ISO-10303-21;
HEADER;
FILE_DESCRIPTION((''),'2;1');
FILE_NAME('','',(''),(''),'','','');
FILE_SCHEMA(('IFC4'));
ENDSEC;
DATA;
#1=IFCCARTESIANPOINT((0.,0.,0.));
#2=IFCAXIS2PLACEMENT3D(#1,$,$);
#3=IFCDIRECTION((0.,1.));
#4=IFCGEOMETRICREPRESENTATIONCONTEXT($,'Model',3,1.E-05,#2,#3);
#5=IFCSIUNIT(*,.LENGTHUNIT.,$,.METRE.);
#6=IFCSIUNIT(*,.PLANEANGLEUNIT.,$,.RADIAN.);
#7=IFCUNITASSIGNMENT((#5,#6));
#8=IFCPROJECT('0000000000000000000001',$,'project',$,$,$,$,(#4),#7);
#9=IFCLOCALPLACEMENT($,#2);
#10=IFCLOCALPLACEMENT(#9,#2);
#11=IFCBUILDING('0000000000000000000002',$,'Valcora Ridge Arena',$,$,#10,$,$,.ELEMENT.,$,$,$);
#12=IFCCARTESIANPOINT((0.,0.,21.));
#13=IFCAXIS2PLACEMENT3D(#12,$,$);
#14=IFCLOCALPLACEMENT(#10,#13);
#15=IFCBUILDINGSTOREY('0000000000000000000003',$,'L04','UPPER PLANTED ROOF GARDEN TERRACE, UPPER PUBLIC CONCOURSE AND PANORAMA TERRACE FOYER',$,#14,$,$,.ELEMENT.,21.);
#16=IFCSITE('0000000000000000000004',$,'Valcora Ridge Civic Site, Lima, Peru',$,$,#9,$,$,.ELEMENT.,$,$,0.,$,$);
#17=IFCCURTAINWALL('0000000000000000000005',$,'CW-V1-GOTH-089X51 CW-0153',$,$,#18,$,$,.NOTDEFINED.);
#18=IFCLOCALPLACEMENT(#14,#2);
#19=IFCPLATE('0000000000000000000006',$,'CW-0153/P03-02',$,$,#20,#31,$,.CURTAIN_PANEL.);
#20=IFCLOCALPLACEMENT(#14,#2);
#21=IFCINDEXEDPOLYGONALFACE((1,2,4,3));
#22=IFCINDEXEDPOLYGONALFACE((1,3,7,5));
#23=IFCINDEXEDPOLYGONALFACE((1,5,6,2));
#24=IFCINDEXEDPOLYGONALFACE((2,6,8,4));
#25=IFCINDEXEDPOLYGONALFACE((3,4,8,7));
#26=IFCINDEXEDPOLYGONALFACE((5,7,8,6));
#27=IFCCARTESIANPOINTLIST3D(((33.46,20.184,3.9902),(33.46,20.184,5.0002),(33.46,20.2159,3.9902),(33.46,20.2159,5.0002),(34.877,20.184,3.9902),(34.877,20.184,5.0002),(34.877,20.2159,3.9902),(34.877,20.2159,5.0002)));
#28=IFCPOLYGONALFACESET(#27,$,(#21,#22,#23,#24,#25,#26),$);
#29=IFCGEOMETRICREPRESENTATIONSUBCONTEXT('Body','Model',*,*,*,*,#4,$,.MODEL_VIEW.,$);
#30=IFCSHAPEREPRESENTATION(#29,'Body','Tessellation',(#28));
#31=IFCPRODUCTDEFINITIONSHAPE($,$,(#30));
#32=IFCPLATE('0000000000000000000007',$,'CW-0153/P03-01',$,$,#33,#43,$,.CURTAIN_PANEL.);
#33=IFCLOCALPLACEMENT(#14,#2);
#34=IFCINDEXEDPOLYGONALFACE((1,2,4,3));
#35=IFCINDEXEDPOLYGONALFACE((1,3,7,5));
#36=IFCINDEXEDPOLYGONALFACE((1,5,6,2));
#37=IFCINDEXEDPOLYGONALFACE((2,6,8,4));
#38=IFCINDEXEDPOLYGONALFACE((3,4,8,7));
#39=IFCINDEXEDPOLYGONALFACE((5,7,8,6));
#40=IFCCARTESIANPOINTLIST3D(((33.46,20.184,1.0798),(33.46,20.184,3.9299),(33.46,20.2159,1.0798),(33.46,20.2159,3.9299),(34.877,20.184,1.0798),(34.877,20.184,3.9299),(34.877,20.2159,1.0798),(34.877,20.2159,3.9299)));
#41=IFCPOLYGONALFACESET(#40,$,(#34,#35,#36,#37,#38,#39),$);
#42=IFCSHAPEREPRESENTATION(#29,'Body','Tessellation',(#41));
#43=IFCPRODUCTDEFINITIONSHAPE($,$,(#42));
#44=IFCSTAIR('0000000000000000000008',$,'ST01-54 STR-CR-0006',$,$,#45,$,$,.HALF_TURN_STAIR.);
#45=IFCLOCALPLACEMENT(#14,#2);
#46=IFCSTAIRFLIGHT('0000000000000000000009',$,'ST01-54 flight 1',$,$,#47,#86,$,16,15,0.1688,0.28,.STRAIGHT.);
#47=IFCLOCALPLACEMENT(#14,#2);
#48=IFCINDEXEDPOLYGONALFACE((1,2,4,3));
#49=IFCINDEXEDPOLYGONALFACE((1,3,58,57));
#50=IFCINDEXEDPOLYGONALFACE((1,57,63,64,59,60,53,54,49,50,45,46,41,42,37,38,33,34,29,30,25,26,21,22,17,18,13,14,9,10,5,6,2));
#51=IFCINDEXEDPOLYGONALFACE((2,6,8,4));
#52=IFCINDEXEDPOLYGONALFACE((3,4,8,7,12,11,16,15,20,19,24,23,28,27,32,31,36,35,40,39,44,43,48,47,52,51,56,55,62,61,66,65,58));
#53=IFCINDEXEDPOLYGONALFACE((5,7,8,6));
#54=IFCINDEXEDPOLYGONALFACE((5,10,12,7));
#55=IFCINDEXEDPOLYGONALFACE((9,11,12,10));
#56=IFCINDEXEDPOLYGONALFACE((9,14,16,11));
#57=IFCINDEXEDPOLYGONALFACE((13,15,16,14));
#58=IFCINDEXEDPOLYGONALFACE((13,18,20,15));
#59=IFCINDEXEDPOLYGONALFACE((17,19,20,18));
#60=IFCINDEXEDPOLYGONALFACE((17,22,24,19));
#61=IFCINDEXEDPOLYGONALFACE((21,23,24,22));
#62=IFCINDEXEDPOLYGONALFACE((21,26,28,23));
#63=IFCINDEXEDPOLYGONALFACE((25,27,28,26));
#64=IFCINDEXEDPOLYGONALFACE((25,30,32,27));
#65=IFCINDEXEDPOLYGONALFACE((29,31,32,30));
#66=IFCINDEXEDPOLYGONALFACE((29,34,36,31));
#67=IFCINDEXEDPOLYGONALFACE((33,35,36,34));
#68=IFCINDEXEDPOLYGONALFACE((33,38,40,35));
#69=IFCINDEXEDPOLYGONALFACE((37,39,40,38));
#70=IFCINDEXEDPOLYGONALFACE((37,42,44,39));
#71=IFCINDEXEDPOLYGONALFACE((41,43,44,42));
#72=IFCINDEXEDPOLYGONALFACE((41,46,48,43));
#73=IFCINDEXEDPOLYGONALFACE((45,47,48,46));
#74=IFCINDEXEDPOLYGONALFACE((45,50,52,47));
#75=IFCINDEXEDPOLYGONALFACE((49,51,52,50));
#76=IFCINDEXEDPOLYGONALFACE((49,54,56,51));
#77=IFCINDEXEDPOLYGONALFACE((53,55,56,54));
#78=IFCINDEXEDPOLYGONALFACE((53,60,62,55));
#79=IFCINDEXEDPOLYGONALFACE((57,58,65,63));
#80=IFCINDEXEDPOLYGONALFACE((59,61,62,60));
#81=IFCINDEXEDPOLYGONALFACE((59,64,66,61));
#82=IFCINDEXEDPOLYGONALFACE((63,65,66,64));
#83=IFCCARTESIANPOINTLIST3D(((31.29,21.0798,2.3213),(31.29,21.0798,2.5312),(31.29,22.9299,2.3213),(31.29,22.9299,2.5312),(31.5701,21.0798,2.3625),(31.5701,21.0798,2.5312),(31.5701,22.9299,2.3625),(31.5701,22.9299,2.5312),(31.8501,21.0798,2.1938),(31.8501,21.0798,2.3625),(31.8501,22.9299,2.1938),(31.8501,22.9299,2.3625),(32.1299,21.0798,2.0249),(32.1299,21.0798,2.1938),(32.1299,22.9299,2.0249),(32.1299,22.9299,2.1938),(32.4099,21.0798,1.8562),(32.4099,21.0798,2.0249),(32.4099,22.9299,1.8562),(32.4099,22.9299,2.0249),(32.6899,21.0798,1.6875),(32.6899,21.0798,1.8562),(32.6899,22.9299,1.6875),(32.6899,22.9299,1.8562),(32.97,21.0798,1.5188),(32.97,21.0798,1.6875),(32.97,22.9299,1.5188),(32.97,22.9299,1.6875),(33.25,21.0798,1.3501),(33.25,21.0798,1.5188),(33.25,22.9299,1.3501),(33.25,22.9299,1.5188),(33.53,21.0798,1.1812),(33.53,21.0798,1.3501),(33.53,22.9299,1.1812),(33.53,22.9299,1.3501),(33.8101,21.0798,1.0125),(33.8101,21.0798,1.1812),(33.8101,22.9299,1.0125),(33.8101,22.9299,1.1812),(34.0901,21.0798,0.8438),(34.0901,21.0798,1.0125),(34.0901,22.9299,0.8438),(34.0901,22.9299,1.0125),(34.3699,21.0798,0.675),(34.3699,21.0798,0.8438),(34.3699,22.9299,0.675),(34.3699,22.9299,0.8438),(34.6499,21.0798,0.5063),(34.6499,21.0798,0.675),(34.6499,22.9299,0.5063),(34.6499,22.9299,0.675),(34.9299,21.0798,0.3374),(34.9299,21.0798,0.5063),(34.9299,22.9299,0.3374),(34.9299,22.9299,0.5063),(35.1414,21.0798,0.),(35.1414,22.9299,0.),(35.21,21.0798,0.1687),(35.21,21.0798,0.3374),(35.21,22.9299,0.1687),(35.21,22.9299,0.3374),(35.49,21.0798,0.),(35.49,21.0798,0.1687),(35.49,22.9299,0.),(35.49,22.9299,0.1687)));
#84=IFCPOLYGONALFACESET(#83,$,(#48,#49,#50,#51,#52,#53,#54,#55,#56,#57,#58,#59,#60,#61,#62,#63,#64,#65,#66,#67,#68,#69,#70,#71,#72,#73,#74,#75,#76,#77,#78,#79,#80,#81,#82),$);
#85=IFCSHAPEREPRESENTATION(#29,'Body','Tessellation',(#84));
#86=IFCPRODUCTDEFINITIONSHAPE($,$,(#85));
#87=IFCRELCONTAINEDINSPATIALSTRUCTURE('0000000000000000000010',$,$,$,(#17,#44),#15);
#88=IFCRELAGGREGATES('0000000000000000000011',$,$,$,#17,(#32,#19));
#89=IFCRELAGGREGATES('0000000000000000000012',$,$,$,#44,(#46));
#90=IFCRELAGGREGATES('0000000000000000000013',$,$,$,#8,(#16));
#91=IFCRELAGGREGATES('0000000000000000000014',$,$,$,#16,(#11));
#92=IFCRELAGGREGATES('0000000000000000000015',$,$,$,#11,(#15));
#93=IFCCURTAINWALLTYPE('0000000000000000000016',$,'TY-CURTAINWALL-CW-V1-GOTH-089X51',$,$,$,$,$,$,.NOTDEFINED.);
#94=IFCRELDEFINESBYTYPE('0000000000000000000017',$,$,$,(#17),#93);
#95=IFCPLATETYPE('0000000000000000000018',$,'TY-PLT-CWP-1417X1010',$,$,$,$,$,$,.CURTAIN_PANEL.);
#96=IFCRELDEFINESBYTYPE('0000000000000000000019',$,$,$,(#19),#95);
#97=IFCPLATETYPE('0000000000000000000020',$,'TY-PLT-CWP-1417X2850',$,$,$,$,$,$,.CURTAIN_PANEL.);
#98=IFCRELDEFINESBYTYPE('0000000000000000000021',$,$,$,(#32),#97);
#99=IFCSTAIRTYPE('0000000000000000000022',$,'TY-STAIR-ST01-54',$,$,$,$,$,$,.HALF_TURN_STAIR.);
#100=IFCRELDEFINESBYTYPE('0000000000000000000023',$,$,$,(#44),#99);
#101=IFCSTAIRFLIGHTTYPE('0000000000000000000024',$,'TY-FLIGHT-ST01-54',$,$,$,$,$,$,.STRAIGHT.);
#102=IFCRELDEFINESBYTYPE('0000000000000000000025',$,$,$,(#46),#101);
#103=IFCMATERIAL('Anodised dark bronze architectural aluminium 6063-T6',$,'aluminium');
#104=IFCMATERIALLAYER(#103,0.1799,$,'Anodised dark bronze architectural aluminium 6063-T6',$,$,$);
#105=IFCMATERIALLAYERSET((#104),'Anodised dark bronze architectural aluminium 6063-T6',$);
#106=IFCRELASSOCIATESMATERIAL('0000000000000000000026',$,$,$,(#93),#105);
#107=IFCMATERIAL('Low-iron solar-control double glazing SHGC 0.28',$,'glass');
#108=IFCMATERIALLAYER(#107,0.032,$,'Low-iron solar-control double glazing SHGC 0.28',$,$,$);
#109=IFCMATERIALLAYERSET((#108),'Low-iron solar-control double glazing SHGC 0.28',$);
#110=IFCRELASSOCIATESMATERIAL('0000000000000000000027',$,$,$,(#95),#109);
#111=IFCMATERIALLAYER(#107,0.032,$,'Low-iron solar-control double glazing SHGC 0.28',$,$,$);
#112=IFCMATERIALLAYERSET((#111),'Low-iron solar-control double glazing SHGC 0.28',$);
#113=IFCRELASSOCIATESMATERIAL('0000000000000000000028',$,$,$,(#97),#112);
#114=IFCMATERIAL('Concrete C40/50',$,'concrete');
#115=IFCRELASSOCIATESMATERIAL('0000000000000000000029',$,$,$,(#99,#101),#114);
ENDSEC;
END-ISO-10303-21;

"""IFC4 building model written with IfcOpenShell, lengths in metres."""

from ifc_helpers import new_model, si_unit, direction, frame, origin, origin_2d, place, context, subcontext, project, spatial, polyline, rectangle, outline, extrude, material, layer, layer_set, type_object, element, aggregate, save


model = new_model("IFC4")

# Units and contexts
model_context = context("Model", 3, precision=1e-05, world=origin(), true_north=direction((0.0, 1.0)))
body_context = subcontext(model_context, "Body", "Model", "MODEL_VIEW")
ifc_project = project(units=[si_unit("LENGTHUNIT", "METRE"), si_unit("PLANEANGLEUNIT", "RADIAN")], contexts=[model_context])

# Site, building, storey
site_placement = place(None, origin())
site = spatial("IfcSite", under=ifc_project, at=site_placement, Name="Valcora Ridge Civic Site, Lima, Peru", CompositionType="ELEMENT", RefElevation=0.0)
building_placement = place(site_placement, origin())
building = spatial("IfcBuilding", under=site, at=building_placement, Name="Valcora Ridge Arena", CompositionType="ELEMENT")
storey_placement = place(building_placement, frame((0.0, 0.0, 21.0)))
storey = spatial("IfcBuildingStorey", under=building, at=storey_placement, Name="L04", Description="UPPER PLANTED ROOF GARDEN TERRACE, UPPER PUBLIC CONCOURSE AND PANORAMA TERRACE FOYER", CompositionType="ELEMENT", Elevation=21.0)

# Shared definitions
ifc_material_1 = material(Name="Concrete C40/50", Category="concrete")

# Curtain wall, plates
ifc_material_2 = material(Name="Anodised dark bronze architectural aluminium 6063-T6", Category="aluminium")
ifc_layer_1 = layer(ifc_material_2, 0.1799, Name="Anodised dark bronze architectural aluminium 6063-T6")
ifc_layer_set_1 = layer_set([ifc_layer_1], Name="Anodised dark bronze architectural aluminium 6063-T6")
curtain_wall_type = type_object("IfcCurtainWallType", Name="TY-CURTAINWALL-CW-V1-GOTH-089X51", PredefinedType="NOTDEFINED", material=ifc_layer_set_1)
curtain_wall_placement = place(storey_placement, origin())
curtain_wall = element("IfcCurtainWall", 1, at=curtain_wall_placement, inside=storey, type_object=curtain_wall_type, Name="CW-V1-GOTH-089X51 CW-0153", PredefinedType="NOTDEFINED")
ifc_material_3 = material(Name="Low-iron solar-control double glazing SHGC 0.28", Category="glass")
ifc_layer_2 = layer(ifc_material_3, 0.032, Name="Low-iron solar-control double glazing SHGC 0.28")
ifc_layer_set_2 = layer_set([ifc_layer_2], Name="Low-iron solar-control double glazing SHGC 0.28")
plate_type_1 = type_object("IfcPlateType", Name="TY-PLT-CWP-1417X1010", PredefinedType="CURTAIN_PANEL", material=ifc_layer_set_2)
plate_1_placement = place(storey_placement, frame((34.1685, 20.2, 3.9902), z_axis=(0.0, 0.0, 1.0), x_axis=(1.0, 0.0, 0.0)))
plate_1 = element("IfcPlate", 2, at=plate_1_placement, type_object=plate_type_1, Name="CW-0153/P03-02", PredefinedType="CURTAIN_PANEL", context=body_context, shape_type="SweptSolid", body=[
    extrude(rectangle(XDim=1.417, YDim=0.032, at=origin_2d()), origin(), (0.0, 0.0, 1.0), 1.01),
])
ifc_layer_3 = layer(ifc_material_3, 0.032, Name="Low-iron solar-control double glazing SHGC 0.28")
ifc_layer_set_3 = layer_set([ifc_layer_3], Name="Low-iron solar-control double glazing SHGC 0.28")
plate_type_2 = type_object("IfcPlateType", Name="TY-PLT-CWP-1417X2850", PredefinedType="CURTAIN_PANEL", material=ifc_layer_set_3)
plate_2_placement = place(storey_placement, frame((34.1685, 20.2, 1.0798), z_axis=(0.0, 0.0, 1.0), x_axis=(1.0, 0.0, 0.0)))
plate_2 = element("IfcPlate", 3, at=plate_2_placement, type_object=plate_type_2, Name="CW-0153/P03-01", PredefinedType="CURTAIN_PANEL", context=body_context, shape_type="SweptSolid", body=[
    extrude(rectangle(XDim=1.417, YDim=0.032, at=origin_2d()), origin(), (0.0, 0.0, 1.0), 2.8501),
])
aggregate(curtain_wall, [plate_2, plate_1])

# Stair, stair flight
stair_type = type_object("IfcStairType", Name="TY-STAIR-ST01-54", PredefinedType="HALF_TURN_STAIR", material=ifc_material_1)
stair_placement = place(storey_placement, origin())
stair = element("IfcStair", 4, at=stair_placement, inside=storey, type_object=stair_type, Name="ST01-54 STR-CR-0006", PredefinedType="HALF_TURN_STAIR")
stair_flight_type = type_object("IfcStairFlightType", Name="TY-FLIGHT-ST01-54", PredefinedType="STRAIGHT", material=ifc_material_1)
stair_flight_placement = place(storey_placement, frame((35.49, 22.0049, 0.0), z_axis=(0.0, 0.0, 1.0), x_axis=(-1.0, 0.0, 0.0)))
stair_flight = element("IfcStairFlight", 5, at=stair_flight_placement, type_object=stair_flight_type, Name="ST01-54 flight 1", NumberOfRisers=16, NumberOfTreads=15, PredefinedType="STRAIGHT", RiserHeight=0.1688, TreadLength=0.28, context=body_context, shape_type="SweptSolid", body=[
    extrude(outline(polyline([(0.0, 0.0), (0.0, 0.1687), (0.28, 0.1687), (0.28, 0.3374), (0.5601, 0.3374), (0.5601, 0.5063), (0.8401, 0.5063), (0.8401, 0.675), (1.1201, 0.675), (1.1201, 0.8438), (1.3999, 0.8438), (1.3999, 1.0125), (1.6799, 1.0125), (1.6799, 1.1812), (1.96, 1.1812), (1.96, 1.3501), (2.24, 1.3501), (2.24, 1.5188), (2.52, 1.5188), (2.52, 1.6875), (2.8, 1.6875), (2.8, 1.8562), (3.0801, 1.8562), (3.0801, 2.0249), (3.3601, 2.0249), (3.3601, 2.1938), (3.6399, 2.1938), (3.6399, 2.3625), (3.9199, 2.3625), (3.9199, 2.5312), (4.2, 2.5312), (4.2, 2.7), (4.2, 2.3213), (0.3486, 0.0), (0.0, 0.0)])), frame((0.0, 0.925, 0.0), z_axis=(0.0, -1.0, 0.0), x_axis=(1.0, 0.0, 0.0)), (0.0, 0.0, 1.0), 1.8501),
])
aggregate(stair, [stair_flight])

save(model, "model.ifc")
